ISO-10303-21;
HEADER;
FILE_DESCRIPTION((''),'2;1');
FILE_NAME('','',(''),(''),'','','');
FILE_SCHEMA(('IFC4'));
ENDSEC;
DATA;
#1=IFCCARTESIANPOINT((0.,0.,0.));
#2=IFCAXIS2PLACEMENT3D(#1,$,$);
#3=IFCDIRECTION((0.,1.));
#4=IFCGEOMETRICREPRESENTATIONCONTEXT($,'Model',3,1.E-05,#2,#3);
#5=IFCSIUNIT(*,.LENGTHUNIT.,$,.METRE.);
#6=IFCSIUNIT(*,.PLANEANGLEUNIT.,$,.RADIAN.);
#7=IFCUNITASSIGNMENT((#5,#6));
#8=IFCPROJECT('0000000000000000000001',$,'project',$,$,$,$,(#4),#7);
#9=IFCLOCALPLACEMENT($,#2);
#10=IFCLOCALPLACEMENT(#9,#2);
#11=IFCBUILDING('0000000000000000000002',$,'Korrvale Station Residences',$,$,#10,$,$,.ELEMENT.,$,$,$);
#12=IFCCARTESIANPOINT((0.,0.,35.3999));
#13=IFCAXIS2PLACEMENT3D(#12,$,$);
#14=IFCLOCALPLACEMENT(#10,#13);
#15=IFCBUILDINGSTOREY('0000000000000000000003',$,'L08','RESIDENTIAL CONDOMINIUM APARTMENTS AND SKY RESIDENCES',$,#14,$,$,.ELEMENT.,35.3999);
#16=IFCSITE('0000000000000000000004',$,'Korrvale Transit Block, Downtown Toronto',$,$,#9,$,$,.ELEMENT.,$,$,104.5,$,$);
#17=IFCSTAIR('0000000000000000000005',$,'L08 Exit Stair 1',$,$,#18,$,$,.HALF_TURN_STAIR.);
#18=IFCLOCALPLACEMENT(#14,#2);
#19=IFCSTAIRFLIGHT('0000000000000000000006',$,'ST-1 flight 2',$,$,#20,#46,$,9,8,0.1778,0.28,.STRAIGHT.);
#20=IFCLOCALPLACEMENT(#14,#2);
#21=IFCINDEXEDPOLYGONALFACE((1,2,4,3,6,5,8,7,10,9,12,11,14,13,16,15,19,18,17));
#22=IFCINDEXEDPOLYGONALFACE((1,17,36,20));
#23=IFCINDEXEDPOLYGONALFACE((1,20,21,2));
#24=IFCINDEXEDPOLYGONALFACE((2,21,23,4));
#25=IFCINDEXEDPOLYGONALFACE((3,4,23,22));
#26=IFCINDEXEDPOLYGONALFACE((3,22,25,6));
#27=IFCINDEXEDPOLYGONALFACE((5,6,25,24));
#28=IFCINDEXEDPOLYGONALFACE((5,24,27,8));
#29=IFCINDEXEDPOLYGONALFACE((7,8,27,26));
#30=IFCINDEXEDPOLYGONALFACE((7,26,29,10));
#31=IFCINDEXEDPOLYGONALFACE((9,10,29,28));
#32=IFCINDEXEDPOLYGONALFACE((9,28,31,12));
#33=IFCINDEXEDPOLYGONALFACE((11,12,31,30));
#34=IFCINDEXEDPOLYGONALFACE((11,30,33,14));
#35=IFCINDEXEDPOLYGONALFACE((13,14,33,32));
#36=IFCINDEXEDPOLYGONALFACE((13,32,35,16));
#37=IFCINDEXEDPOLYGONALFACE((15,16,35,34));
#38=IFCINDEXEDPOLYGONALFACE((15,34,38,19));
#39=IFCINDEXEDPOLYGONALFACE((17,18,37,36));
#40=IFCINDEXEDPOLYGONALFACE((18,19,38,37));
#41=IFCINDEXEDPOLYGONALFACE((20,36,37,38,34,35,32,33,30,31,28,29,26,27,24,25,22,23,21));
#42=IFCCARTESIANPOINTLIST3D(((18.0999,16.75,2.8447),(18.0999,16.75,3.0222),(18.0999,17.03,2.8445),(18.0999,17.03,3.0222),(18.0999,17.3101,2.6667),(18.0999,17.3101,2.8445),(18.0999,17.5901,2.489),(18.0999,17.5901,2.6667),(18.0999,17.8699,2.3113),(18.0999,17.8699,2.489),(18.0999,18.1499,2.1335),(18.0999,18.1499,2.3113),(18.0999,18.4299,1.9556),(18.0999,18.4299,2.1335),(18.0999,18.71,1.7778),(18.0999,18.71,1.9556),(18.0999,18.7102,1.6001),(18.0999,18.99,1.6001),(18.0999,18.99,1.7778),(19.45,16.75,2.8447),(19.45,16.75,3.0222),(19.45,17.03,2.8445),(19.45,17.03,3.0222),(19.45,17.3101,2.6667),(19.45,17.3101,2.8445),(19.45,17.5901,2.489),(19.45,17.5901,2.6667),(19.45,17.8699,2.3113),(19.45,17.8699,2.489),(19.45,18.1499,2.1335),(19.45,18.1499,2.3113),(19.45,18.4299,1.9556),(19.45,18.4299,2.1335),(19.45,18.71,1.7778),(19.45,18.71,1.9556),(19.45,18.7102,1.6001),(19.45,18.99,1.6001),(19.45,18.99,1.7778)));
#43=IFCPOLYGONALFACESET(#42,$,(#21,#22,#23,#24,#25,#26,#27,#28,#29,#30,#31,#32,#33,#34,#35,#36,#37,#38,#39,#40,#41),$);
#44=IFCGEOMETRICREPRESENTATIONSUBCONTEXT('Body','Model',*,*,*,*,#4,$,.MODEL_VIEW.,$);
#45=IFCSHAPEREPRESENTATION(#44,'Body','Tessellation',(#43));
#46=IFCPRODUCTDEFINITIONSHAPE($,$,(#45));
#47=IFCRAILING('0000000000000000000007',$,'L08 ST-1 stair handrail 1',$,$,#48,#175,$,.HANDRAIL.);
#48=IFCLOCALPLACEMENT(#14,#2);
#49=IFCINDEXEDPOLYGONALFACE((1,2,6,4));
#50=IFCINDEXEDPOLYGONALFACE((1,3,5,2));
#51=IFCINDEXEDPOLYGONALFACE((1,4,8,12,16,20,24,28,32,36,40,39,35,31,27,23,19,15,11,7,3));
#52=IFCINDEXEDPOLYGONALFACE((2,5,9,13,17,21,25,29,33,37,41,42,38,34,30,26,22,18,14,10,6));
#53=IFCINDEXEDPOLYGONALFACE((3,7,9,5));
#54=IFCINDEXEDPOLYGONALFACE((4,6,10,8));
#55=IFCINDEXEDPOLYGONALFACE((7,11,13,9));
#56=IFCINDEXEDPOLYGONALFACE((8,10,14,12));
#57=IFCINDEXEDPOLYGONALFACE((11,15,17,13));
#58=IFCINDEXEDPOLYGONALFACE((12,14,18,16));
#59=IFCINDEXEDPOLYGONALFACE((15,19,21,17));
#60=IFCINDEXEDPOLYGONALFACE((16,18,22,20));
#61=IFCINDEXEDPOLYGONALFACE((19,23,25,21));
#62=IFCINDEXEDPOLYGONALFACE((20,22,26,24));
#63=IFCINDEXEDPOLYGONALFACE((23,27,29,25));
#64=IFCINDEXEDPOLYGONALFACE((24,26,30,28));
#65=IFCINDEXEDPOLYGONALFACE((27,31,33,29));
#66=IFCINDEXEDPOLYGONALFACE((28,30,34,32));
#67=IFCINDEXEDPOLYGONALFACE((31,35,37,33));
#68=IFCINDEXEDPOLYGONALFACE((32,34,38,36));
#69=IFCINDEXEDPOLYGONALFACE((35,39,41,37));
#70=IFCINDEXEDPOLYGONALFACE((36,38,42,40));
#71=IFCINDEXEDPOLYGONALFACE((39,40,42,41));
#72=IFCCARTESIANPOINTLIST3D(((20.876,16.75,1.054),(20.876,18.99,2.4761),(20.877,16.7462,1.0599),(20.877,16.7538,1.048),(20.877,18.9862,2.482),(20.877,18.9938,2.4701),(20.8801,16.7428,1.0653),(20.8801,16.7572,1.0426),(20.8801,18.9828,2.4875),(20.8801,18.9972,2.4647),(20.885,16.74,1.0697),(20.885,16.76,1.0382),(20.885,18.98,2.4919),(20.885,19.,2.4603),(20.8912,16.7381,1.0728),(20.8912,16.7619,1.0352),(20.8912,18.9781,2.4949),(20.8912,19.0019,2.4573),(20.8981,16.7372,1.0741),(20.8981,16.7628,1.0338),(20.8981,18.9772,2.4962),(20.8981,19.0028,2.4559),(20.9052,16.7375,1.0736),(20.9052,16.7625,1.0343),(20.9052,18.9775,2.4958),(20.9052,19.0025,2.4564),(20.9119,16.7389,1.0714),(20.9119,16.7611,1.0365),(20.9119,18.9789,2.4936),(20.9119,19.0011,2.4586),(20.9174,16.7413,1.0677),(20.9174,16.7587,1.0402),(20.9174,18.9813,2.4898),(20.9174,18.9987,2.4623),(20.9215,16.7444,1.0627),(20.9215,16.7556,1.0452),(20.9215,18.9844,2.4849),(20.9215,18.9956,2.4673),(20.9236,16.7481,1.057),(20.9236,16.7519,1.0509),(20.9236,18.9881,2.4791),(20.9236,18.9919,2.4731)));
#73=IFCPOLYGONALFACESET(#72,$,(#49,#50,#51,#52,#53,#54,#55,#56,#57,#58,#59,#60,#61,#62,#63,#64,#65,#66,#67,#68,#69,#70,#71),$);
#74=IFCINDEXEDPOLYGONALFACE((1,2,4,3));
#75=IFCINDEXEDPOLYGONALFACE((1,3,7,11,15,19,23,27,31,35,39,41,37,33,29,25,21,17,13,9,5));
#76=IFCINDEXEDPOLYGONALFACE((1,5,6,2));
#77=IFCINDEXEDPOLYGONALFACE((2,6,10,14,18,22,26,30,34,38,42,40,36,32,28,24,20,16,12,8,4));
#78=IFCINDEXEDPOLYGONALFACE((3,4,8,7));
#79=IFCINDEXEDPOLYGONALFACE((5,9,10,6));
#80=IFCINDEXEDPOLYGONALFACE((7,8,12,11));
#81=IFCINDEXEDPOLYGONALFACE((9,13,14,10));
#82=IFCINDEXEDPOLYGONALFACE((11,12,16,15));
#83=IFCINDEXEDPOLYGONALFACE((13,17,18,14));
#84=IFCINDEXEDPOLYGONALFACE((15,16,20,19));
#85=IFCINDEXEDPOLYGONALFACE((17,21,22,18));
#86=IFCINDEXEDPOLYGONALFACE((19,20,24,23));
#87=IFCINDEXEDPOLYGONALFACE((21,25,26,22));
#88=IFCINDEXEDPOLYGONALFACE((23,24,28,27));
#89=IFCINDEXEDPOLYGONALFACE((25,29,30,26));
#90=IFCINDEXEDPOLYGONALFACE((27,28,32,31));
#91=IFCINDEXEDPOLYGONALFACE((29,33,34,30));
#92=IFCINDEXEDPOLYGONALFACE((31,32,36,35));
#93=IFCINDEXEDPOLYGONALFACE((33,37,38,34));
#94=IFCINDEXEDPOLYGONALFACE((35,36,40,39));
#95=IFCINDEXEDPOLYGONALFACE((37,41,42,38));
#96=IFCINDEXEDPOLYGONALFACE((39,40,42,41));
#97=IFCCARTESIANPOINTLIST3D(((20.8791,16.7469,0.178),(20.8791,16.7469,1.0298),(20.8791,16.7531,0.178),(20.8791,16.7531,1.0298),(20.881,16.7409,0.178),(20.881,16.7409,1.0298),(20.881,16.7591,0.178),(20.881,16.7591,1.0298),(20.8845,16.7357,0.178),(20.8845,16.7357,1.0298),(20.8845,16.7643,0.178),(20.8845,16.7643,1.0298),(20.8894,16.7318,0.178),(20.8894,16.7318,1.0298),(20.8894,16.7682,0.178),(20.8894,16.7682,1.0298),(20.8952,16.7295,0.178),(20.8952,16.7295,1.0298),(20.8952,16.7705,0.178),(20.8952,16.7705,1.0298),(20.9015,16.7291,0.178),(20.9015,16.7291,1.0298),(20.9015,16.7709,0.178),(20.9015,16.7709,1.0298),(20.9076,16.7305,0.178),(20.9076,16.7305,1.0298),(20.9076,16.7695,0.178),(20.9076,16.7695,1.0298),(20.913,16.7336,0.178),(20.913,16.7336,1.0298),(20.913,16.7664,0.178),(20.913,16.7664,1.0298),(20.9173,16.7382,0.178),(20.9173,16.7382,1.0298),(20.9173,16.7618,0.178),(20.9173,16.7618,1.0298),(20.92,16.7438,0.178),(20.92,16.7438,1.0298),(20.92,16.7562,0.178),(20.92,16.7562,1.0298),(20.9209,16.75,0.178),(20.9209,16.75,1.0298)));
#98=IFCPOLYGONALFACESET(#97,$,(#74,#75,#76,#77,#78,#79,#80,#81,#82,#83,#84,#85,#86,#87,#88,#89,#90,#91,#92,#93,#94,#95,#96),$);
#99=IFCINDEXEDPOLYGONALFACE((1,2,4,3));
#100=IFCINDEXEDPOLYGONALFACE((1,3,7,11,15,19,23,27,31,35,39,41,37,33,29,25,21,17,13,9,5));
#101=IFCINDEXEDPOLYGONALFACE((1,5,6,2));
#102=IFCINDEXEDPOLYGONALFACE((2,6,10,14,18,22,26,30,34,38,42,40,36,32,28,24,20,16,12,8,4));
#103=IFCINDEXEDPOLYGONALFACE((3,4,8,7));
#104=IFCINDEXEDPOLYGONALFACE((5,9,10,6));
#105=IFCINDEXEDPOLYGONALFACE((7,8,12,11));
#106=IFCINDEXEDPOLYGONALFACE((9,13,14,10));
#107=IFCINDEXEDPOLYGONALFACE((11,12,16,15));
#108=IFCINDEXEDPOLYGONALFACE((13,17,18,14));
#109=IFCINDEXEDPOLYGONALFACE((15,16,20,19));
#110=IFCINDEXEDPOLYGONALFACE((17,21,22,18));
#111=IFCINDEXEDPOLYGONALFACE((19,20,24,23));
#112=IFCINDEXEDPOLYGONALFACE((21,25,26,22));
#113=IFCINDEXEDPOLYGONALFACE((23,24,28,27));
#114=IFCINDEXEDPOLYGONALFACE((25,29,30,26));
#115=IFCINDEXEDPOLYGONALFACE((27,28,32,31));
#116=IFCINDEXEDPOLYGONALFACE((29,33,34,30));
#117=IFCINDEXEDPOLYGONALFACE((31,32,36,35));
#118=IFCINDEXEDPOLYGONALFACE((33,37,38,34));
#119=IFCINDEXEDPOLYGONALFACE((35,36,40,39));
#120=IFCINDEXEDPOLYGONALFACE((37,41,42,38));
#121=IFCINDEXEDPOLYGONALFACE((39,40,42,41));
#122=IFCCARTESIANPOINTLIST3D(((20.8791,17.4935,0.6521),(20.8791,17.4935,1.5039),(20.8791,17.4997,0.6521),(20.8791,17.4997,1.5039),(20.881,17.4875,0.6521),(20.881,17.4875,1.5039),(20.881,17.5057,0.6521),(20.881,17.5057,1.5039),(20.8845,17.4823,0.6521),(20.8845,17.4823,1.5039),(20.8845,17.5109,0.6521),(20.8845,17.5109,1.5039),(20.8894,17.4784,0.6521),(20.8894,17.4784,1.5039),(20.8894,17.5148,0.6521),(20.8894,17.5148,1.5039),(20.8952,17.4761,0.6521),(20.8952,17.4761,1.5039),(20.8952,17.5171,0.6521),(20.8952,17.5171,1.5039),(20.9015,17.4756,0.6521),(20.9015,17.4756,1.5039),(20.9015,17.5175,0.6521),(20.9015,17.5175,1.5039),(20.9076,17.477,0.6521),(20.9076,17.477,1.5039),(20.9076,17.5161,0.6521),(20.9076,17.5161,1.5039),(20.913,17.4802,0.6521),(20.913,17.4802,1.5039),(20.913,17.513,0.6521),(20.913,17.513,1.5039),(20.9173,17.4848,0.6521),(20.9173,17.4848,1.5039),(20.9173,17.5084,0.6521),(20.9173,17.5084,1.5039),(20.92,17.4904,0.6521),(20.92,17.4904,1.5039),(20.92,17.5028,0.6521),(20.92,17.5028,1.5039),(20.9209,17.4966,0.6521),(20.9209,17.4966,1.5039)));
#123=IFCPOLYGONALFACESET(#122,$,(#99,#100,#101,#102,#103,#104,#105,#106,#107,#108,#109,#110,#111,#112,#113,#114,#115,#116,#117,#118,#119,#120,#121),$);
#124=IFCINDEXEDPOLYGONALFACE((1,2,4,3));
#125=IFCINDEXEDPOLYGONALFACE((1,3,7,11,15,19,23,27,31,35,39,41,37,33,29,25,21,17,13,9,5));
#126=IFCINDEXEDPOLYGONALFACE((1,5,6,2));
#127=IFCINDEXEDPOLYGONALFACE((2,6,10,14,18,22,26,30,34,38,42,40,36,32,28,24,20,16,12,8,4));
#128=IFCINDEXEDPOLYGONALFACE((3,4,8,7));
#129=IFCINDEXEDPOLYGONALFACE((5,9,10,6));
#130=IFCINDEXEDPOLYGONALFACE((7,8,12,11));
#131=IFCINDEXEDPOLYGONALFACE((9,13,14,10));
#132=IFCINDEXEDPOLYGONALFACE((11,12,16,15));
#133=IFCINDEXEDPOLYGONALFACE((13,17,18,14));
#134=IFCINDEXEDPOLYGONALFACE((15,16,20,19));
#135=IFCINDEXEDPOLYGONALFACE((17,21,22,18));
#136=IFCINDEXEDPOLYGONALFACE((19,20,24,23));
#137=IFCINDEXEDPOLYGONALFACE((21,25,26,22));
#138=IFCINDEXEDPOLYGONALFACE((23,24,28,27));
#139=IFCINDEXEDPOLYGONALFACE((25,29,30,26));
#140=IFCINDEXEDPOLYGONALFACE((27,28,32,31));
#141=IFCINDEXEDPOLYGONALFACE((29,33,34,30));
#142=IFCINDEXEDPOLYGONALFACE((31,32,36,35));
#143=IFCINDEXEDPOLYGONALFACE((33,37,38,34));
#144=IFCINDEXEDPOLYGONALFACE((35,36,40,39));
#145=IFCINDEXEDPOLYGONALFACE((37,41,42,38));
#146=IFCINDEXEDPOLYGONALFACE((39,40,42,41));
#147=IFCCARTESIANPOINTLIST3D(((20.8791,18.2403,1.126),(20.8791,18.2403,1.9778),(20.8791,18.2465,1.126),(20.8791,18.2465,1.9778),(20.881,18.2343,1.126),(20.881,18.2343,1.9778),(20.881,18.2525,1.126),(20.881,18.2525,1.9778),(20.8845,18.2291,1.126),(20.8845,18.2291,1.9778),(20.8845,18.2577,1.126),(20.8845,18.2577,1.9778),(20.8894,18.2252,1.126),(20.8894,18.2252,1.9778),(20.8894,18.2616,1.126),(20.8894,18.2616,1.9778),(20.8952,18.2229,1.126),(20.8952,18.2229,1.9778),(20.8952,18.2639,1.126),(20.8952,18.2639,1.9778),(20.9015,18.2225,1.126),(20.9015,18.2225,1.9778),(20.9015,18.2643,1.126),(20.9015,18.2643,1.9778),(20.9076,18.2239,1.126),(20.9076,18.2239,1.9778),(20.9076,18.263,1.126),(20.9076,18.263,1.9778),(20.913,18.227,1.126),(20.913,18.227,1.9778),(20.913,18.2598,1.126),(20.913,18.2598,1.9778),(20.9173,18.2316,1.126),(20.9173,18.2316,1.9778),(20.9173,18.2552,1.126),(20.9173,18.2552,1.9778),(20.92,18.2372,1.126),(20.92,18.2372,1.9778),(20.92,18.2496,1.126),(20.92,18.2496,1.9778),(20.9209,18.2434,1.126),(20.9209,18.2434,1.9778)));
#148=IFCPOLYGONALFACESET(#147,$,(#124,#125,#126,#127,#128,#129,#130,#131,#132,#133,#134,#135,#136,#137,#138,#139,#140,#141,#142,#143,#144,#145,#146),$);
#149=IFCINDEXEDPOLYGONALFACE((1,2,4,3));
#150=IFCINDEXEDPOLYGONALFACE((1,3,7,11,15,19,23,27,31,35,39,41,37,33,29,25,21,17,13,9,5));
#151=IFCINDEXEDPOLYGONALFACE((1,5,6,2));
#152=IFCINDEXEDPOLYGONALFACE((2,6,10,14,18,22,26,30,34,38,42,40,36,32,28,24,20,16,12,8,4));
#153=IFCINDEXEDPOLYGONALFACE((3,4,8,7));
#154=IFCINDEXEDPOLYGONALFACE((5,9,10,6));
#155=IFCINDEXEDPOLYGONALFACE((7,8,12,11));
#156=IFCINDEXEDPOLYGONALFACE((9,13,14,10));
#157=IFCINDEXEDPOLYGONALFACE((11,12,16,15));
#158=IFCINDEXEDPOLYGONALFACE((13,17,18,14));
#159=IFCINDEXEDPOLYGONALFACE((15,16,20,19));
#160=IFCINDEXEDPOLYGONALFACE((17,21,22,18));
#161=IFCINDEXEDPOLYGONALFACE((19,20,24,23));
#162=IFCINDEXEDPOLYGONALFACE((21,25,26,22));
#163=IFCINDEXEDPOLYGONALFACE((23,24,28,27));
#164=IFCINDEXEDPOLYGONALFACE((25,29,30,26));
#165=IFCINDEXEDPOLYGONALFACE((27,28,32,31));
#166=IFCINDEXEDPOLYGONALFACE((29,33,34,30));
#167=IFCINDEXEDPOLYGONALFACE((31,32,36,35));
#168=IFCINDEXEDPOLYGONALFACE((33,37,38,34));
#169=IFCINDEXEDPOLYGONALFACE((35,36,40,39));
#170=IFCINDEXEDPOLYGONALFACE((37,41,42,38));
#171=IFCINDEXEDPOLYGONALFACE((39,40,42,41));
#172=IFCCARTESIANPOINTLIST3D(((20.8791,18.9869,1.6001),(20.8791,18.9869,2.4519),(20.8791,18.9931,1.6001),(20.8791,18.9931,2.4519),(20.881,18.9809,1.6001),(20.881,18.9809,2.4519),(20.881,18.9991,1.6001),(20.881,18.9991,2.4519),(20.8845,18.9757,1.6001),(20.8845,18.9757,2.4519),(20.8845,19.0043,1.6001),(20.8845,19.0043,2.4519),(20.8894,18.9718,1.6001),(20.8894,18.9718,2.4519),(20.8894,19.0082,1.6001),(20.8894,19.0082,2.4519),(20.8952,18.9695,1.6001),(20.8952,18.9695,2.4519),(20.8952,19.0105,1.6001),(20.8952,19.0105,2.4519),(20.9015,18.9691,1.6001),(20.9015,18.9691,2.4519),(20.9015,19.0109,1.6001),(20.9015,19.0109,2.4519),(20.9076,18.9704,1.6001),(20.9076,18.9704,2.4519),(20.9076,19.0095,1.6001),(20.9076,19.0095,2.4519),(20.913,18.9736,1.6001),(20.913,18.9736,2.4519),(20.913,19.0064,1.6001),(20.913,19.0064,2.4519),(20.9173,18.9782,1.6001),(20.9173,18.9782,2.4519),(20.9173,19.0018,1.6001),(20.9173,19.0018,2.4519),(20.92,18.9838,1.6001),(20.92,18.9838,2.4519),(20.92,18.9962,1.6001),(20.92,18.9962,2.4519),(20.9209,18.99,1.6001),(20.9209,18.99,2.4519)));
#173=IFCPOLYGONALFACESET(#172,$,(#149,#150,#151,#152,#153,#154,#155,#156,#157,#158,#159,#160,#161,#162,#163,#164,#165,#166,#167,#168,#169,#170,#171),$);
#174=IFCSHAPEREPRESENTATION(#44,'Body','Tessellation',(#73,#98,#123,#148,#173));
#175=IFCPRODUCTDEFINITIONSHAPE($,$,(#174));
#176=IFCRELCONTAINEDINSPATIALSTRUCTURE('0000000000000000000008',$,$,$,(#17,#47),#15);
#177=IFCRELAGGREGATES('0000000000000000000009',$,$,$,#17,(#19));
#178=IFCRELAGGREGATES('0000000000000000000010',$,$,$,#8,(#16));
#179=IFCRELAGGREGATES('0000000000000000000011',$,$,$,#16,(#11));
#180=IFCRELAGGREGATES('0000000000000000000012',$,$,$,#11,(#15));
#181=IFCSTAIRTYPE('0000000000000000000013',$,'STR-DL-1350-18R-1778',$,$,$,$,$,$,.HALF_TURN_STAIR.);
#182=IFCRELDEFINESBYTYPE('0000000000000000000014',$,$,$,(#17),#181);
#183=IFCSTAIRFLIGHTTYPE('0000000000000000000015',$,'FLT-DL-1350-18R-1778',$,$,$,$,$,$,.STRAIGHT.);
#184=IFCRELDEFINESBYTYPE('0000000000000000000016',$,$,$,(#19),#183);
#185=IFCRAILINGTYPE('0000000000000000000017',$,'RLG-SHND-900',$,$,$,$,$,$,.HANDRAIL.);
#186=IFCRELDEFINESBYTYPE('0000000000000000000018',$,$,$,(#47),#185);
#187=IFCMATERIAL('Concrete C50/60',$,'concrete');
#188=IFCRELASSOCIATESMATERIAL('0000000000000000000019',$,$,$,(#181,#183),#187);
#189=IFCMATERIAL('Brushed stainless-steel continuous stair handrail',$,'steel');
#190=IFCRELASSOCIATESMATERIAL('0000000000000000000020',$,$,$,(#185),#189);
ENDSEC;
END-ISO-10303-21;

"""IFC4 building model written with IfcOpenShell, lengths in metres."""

from ifc_helpers import new_model, si_unit, direction, frame, origin, origin_2d, place, context, subcontext, project, spatial, polyline, circle, outline, extrude, material, type_object, element, aggregate, save


model = new_model("IFC4")

# Units and contexts
model_context = context("Model", 3, precision=1e-05, world=origin(), true_north=direction((0.0, 1.0)))
body_context = subcontext(model_context, "Body", "Model", "MODEL_VIEW")
ifc_project = project(units=[si_unit("LENGTHUNIT", "METRE"), si_unit("PLANEANGLEUNIT", "RADIAN")], contexts=[model_context])

# Site, building, storey
site_placement = place(None, origin())
site = spatial("IfcSite", under=ifc_project, at=site_placement, Name="Korrvale Transit Block, Downtown Toronto", CompositionType="ELEMENT", RefElevation=104.5)
building_placement = place(site_placement, origin())
building = spatial("IfcBuilding", under=site, at=building_placement, Name="Korrvale Station Residences", CompositionType="ELEMENT")
storey_placement = place(building_placement, frame((0.0, 0.0, 35.3999)))
storey = spatial("IfcBuildingStorey", under=building, at=storey_placement, Name="L08", Description="RESIDENTIAL CONDOMINIUM APARTMENTS AND SKY RESIDENCES", CompositionType="ELEMENT", Elevation=35.3999)

# Stair, stair flight
ifc_material_1 = material(Name="Concrete C50/60", Category="concrete")
stair_type = type_object("IfcStairType", Name="STR-DL-1350-18R-1778", PredefinedType="HALF_TURN_STAIR", material=ifc_material_1)
stair_placement = place(storey_placement, origin())
stair = element("IfcStair", 1, at=stair_placement, inside=storey, type_object=stair_type, Name="L08 Exit Stair 1", PredefinedType="HALF_TURN_STAIR")
stair_flight_type = type_object("IfcStairFlightType", Name="FLT-DL-1350-18R-1778", PredefinedType="STRAIGHT", material=ifc_material_1)
stair_flight_1_placement = place(storey_placement, frame((18.7749, 18.99, 1.6001), z_axis=(0.0, 0.0, 1.0), x_axis=(0.0, -1.0, 0.0)))
stair_flight_1 = element("IfcStairFlight", 2, at=stair_flight_1_placement, type_object=stair_flight_type, Name="ST-1 flight 2", NumberOfRisers=9, NumberOfTreads=8, PredefinedType="STRAIGHT", RiserHeight=0.1778, TreadLength=0.28, context=body_context, shape_type="SweptSolid", body=[
    extrude(outline(polyline([(0.0, 0.0), (0.0, 0.1777), (0.28, 0.1777), (0.28, 0.3555), (0.5601, 0.3555), (0.5601, 0.5334), (0.8401, 0.5334), (0.8401, 0.7112), (1.1201, 0.7112), (1.1201, 0.8889), (1.3999, 0.8889), (1.3999, 1.0667), (1.6799, 1.0667), (1.6799, 1.2444), (1.96, 1.2444), (1.96, 1.4221), (2.24, 1.4221), (2.24, 1.6001), (2.24, 1.2446), (0.2798, 0.0), (0.0, 0.0)])), frame((0.0, 0.675, 0.0), z_axis=(0.0, -1.0, 0.0), x_axis=(1.0, 0.0, 0.0)), (0.0, 0.0, 1.0), 1.3501),
])
aggregate(stair, [stair_flight_1])

# Railing
ifc_material_2 = material(Name="Brushed stainless-steel continuous stair handrail", Category="steel")
railing_type_1 = type_object("IfcRailingType", Name="RLG-SHND-900", PredefinedType="HANDRAIL", material=ifc_material_2)
railing_1_placement = place(storey_placement, frame((20.8999, 16.75, 0.178)))
element("IfcRailing", 3, at=railing_1_placement, inside=storey, type_object=railing_type_1, Name="L08 ST-1 stair handrail 1", PredefinedType="HANDRAIL", context=body_context, shape_type="SweptSolid", body=[
    extrude(circle(Radius=0.0239, at=origin_2d()), frame((0.0, 0.0, 0.876), z_axis=(0.0, 0.844229, 0.535982), x_axis=(-1.0, 0.0, 0.0)), (0.0, 0.0, 1.0), 2.6533),
    extrude(circle(Radius=0.021, at=origin_2d()), origin(), (0.0, 0.0, 1.0), 0.8518),
    extrude(circle(Radius=0.021, at=origin_2d()), frame((0.0, 0.7466, 0.4741)), (0.0, 0.0, 1.0), 0.8518),
    extrude(circle(Radius=0.021, at=origin_2d()), frame((0.0, 1.4934, 0.948)), (0.0, 0.0, 1.0), 0.8518),
    extrude(circle(Radius=0.021, at=origin_2d()), frame((0.0, 2.24, 1.4221)), (0.0, 0.0, 1.0), 0.8518),
])

save(model, "model.ifc")
